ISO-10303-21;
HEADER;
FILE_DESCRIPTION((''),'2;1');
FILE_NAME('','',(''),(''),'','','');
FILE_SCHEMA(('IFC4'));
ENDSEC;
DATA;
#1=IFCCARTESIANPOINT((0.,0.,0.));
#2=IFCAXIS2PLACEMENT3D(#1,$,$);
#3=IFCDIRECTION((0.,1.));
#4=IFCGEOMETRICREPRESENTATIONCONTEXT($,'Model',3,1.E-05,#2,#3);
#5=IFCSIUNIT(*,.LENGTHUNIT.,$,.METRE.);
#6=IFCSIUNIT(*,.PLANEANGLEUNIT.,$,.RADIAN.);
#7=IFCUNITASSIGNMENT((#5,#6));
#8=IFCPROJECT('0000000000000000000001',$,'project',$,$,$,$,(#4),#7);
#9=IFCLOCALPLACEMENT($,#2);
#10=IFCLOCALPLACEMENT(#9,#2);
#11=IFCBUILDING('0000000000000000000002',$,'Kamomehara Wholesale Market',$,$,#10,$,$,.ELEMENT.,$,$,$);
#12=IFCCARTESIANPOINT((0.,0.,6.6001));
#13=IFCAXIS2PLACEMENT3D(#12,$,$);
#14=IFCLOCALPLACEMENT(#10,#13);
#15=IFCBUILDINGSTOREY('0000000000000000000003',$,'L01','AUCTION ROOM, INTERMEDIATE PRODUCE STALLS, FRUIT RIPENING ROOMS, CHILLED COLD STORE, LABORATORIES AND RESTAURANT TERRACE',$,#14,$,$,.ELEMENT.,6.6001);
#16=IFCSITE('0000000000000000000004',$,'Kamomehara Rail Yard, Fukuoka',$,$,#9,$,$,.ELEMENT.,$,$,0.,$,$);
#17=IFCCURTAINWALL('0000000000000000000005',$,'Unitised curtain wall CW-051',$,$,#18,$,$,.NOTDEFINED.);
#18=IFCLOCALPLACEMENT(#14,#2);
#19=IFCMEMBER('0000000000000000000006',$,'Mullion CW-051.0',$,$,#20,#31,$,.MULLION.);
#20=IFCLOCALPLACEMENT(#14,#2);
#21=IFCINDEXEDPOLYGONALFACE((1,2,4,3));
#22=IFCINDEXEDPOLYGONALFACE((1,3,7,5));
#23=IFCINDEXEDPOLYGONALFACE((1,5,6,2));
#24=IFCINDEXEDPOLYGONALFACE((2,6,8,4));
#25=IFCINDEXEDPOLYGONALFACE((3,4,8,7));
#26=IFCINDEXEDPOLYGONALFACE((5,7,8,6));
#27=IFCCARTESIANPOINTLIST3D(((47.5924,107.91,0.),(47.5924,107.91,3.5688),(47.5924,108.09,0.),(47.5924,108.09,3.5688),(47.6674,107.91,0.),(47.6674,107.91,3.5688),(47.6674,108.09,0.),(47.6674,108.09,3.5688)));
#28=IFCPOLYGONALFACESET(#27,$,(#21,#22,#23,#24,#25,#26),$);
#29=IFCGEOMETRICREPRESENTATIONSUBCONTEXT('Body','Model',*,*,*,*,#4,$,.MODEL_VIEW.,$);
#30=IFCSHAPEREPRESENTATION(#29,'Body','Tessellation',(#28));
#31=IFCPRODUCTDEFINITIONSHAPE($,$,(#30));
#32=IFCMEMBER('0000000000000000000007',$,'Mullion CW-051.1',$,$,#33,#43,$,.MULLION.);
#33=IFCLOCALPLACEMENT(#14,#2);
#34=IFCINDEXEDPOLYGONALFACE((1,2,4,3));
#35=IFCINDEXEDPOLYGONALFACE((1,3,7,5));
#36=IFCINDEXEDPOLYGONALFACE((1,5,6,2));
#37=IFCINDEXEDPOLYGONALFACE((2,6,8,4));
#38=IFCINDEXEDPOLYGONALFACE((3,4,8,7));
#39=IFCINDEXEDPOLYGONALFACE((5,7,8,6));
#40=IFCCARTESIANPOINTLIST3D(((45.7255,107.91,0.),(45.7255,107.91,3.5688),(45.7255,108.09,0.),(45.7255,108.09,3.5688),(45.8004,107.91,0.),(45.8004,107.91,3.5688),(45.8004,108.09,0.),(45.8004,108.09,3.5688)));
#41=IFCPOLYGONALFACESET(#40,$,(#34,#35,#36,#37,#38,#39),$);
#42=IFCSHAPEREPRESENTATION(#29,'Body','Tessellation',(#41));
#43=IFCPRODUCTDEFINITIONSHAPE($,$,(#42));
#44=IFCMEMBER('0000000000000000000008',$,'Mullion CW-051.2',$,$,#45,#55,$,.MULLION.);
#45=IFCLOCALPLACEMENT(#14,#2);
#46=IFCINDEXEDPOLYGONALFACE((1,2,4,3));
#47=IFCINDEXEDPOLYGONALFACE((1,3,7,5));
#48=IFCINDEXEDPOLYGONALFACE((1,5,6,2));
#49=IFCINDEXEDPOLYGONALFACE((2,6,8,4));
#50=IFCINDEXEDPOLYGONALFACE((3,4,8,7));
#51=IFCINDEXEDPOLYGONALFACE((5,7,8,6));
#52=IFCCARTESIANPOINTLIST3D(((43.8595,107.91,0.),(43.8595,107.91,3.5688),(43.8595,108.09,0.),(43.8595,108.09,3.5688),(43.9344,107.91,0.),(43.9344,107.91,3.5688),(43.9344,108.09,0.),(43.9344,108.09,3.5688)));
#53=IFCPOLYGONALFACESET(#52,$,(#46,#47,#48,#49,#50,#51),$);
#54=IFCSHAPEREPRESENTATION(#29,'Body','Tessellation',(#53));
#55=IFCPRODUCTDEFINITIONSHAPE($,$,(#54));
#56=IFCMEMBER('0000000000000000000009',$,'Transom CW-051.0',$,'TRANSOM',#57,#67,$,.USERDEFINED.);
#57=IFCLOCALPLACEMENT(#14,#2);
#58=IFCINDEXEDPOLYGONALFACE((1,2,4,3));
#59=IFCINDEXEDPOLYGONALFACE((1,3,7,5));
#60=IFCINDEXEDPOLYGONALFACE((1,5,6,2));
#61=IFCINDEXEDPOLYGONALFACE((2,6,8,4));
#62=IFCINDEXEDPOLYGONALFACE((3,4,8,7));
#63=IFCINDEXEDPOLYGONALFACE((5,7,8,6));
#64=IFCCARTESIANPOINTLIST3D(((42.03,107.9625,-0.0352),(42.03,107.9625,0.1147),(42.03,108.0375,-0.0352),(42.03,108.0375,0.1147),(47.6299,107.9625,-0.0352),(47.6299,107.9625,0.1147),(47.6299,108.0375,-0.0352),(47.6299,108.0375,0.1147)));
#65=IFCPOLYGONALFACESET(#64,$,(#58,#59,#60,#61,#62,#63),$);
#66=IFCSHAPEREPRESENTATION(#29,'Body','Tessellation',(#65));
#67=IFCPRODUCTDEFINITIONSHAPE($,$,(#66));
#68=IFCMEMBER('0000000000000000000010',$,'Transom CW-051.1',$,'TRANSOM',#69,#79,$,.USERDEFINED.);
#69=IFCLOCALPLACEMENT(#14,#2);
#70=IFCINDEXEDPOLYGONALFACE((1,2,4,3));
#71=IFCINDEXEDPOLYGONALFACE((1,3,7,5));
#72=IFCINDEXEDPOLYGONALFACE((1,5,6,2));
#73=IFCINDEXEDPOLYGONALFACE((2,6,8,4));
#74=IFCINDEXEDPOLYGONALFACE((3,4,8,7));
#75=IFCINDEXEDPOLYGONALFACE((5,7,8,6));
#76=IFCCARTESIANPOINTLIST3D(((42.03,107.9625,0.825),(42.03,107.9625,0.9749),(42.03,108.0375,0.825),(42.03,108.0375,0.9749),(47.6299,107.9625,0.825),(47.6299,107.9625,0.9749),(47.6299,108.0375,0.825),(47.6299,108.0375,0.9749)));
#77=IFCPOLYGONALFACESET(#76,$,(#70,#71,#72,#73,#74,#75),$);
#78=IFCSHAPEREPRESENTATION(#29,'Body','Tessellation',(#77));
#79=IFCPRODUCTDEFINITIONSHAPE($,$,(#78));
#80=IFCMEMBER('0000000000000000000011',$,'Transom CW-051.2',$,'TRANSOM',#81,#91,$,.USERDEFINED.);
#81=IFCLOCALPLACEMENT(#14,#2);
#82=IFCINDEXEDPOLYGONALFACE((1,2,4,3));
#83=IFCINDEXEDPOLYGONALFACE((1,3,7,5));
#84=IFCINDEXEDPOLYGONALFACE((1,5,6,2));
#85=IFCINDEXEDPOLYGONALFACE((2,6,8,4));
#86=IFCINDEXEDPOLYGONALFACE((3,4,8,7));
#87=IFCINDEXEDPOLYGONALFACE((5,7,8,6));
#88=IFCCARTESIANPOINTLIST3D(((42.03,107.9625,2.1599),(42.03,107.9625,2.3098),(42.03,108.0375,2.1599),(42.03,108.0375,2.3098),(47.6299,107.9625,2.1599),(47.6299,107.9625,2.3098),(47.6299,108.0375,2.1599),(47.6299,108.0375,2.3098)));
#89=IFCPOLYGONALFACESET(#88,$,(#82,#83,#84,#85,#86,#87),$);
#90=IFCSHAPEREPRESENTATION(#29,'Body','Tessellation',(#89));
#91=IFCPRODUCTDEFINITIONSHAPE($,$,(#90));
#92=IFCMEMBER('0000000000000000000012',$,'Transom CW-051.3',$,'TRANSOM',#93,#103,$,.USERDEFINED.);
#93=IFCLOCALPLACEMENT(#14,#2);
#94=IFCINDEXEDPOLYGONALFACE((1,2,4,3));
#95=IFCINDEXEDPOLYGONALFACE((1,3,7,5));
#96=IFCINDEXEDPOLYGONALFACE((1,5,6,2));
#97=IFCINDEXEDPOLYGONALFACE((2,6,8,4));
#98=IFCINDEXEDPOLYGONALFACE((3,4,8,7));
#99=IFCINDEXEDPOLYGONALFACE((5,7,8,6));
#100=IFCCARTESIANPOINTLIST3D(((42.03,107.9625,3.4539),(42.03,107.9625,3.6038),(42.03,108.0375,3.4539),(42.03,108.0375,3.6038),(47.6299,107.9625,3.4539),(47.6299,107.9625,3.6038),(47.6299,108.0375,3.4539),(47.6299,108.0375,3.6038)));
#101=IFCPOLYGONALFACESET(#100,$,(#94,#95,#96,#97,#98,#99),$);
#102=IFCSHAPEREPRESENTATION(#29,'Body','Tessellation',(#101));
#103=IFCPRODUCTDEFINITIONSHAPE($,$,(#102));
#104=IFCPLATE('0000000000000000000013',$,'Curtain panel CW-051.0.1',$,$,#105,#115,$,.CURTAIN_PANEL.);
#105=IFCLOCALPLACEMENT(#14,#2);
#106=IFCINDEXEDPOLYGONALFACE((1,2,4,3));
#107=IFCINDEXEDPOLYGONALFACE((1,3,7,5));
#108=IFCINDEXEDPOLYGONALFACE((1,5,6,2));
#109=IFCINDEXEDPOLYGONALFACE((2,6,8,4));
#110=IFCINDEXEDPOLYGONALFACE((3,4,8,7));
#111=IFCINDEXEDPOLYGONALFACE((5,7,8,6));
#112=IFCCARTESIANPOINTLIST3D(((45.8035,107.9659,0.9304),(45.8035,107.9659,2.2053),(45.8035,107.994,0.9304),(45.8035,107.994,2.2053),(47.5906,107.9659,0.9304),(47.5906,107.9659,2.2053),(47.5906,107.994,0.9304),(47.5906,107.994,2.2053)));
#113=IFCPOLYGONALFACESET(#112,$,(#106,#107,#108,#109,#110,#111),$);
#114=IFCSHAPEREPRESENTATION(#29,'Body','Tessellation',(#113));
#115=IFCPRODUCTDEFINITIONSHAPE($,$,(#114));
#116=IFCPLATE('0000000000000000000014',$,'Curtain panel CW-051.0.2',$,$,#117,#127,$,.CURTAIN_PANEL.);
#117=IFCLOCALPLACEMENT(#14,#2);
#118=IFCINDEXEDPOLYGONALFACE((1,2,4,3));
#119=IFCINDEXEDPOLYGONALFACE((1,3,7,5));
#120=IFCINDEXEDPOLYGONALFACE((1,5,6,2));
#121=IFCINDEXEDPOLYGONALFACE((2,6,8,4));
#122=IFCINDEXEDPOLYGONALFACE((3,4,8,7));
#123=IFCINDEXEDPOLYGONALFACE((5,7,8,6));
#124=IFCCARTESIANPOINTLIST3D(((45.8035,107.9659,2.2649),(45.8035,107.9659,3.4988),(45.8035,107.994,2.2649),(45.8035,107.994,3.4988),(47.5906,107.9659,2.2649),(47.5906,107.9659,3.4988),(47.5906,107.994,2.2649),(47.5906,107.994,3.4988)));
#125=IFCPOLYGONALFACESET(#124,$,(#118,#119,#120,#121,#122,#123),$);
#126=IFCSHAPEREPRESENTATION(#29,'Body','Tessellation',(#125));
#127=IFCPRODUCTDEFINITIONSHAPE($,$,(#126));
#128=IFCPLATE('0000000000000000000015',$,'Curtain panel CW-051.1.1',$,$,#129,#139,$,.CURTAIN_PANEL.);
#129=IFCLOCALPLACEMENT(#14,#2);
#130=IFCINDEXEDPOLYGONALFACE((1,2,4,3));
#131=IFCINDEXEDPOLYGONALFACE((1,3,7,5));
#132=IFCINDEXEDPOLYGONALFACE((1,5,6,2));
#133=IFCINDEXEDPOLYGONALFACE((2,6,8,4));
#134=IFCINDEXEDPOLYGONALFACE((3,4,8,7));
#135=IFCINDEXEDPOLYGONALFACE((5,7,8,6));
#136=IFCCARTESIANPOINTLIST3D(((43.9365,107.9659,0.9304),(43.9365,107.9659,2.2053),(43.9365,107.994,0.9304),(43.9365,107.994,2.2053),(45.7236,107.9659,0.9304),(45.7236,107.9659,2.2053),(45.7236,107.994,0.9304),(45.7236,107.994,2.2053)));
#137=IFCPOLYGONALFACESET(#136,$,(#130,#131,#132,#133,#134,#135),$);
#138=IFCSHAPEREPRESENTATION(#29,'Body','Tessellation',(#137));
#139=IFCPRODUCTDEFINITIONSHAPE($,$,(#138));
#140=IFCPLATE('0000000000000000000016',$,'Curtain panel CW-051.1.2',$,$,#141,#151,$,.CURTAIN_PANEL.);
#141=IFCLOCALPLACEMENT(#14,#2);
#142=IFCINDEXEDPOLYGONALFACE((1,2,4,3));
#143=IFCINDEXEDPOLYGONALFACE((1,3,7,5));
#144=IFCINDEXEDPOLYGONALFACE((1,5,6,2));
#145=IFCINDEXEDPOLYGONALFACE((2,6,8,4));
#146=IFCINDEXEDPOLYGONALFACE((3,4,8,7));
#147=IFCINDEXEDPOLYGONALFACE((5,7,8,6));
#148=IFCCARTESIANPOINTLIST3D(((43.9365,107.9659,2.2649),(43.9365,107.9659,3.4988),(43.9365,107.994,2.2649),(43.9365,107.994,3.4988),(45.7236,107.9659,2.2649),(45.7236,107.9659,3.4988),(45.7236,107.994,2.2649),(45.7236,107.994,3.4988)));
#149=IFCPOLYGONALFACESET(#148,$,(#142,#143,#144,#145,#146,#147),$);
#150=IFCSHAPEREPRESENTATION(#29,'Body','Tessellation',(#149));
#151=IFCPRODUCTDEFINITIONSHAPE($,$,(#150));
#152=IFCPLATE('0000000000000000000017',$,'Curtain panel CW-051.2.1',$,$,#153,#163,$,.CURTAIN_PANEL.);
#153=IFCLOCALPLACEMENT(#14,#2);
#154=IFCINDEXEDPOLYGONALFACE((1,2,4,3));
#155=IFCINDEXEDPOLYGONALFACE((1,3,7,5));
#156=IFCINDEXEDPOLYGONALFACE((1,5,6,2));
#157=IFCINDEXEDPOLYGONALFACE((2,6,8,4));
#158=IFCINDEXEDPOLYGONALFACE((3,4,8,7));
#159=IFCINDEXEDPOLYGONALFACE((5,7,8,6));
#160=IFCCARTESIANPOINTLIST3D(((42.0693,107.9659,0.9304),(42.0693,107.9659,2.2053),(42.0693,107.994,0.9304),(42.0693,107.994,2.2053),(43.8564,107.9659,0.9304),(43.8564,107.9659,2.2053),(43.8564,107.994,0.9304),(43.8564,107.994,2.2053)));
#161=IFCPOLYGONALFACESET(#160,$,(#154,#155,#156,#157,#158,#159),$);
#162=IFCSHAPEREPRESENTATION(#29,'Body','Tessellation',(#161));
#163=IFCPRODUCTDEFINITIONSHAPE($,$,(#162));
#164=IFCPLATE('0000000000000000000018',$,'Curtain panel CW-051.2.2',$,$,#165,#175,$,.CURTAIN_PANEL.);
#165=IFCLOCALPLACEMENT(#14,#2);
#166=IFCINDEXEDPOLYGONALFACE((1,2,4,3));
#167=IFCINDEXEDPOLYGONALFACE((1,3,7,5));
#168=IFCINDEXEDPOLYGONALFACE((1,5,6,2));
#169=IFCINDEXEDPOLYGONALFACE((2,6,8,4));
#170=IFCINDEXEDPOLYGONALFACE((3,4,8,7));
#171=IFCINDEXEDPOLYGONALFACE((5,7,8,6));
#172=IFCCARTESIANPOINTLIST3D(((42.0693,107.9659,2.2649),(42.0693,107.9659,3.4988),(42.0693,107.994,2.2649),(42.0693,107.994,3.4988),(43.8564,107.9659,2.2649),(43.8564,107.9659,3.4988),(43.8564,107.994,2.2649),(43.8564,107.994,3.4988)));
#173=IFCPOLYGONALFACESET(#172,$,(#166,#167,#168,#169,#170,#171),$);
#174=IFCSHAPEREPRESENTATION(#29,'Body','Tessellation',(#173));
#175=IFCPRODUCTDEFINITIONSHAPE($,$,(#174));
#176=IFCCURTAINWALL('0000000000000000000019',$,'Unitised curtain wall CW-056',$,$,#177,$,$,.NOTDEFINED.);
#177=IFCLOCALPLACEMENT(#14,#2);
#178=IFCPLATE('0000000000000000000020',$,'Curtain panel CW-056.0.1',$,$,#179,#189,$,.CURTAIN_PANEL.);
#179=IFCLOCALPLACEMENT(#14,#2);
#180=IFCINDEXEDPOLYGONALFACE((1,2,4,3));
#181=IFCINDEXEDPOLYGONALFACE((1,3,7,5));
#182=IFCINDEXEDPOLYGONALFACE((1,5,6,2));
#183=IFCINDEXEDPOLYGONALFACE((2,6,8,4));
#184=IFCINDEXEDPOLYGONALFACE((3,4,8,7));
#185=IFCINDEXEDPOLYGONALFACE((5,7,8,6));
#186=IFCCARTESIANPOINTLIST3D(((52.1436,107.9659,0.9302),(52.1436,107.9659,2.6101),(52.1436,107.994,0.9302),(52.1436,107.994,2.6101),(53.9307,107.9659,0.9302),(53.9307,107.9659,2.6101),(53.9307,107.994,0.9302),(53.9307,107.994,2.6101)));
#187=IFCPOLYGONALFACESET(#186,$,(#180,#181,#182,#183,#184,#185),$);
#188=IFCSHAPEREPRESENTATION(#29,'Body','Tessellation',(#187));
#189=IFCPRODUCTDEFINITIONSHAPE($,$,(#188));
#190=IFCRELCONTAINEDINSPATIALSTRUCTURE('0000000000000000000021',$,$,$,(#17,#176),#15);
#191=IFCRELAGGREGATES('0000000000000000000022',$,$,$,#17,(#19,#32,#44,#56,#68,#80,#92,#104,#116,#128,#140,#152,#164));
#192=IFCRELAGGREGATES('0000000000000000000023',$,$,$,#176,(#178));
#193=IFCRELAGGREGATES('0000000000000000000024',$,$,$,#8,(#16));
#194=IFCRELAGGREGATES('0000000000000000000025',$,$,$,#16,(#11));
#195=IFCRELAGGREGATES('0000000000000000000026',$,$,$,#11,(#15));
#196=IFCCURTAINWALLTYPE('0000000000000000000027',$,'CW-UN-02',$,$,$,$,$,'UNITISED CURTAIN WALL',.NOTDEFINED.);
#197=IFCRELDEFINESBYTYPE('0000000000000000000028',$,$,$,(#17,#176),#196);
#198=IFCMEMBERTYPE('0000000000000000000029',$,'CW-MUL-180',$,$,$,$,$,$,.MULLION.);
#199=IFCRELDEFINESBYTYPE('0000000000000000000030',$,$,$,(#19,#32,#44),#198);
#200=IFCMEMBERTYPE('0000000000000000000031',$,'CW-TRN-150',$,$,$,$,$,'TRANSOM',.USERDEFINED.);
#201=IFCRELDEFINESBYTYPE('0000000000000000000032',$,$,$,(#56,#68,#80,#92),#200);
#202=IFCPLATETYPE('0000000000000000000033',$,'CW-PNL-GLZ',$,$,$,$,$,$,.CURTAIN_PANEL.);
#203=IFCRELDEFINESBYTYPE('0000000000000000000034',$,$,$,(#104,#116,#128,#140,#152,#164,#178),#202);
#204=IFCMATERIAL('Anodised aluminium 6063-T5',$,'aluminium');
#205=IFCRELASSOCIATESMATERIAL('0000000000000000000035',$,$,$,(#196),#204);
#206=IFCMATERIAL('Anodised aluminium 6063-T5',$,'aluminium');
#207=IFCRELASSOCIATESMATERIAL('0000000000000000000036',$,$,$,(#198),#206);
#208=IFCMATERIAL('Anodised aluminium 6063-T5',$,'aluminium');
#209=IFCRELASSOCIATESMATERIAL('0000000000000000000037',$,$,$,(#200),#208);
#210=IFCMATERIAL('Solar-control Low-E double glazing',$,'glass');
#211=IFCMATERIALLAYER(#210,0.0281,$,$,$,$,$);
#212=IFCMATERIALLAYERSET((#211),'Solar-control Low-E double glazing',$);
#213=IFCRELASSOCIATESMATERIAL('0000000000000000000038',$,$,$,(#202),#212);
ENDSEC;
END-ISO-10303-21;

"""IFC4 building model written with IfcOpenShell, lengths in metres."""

from ifc_helpers import new_model, si_unit, direction, frame, origin, origin_2d, place, context, subcontext, project, spatial, rectangle, extrude, material, layer, layer_set, material_profile, profile_set, type_object, element, aggregate, save


model = new_model("IFC4")

# Units and contexts
model_context = context("Model", 3, precision=1e-05, world=origin(), true_north=direction((0.0, 1.0)))
body_context = subcontext(model_context, "Body", "Model", "MODEL_VIEW")
ifc_project = project(units=[si_unit("LENGTHUNIT", "METRE"), si_unit("PLANEANGLEUNIT", "RADIAN")], contexts=[model_context])

# Site, building, storey
site_placement = place(None, origin())
site = spatial("IfcSite", under=ifc_project, at=site_placement, Name="Kamomehara Rail Yard, Fukuoka", CompositionType="ELEMENT", RefElevation=0.0)
building_placement = place(site_placement, origin())
building = spatial("IfcBuilding", under=site, at=building_placement, Name="Kamomehara Wholesale Market", CompositionType="ELEMENT")
storey_placement = place(building_placement, frame((0.0, 0.0, 6.6001)))
storey = spatial("IfcBuildingStorey", under=building, at=storey_placement, Name="L01", Description="AUCTION ROOM, INTERMEDIATE PRODUCE STALLS, FRUIT RIPENING ROOMS, CHILLED COLD STORE, LABORATORIES AND RESTAURANT TERRACE", CompositionType="ELEMENT", Elevation=6.6001)

# Curtain wall, members, plates
ifc_material_1 = material(Name="Anodised aluminium 6063-T5", Category="aluminium")
curtain_wall_type = type_object("IfcCurtainWallType", Name="CW-UN-02", ElementType="UNITISED CURTAIN WALL", PredefinedType="NOTDEFINED", material=ifc_material_1)
curtain_wall_1_placement = place(storey_placement, origin())
curtain_wall_1 = element("IfcCurtainWall", 1, at=curtain_wall_1_placement, inside=storey, type_object=curtain_wall_type, Name="Unitised curtain wall CW-051", PredefinedType="NOTDEFINED")
ifc_material_2 = material(Name="Anodised aluminium 6063-T5", Category="aluminium")
ifc_material_profile_1 = material_profile(ifc_material_2, rectangle(XDim=0.075, YDim=0.1799, at=origin_2d()), Name="ALU-MUL-75x180")
ifc_profile_set_1 = profile_set([ifc_material_profile_1], Name="Anodised aluminium 6063-T5")
member_type_1 = type_object("IfcMemberType", Name="CW-MUL-180", PredefinedType="MULLION", material=ifc_profile_set_1)
member_1_placement = place(storey_placement, frame((47.6299, 108.0, 0.0), z_axis=(0.0, 0.0, 1.0), x_axis=(-1.0, 0.0, 0.0)))
member_1 = element("IfcMember", 2, at=member_1_placement, type_object=member_type_1, Name="Mullion CW-051.0", PredefinedType="MULLION", context=body_context, shape_type="SweptSolid", body=[
    extrude(rectangle(XDim=0.075, YDim=0.1799, at=origin_2d()), origin(), (0.0, 0.0, 1.0), 3.5688),
])
member_2_placement = place(storey_placement, frame((45.7629, 108.0, 0.0), z_axis=(0.0, 0.0, 1.0), x_axis=(-1.0, 0.0, 0.0)))
member_2 = element("IfcMember", 3, at=member_2_placement, type_object=member_type_1, Name="Mullion CW-051.1", PredefinedType="MULLION", context=body_context, shape_type="SweptSolid", body=[
    extrude(rectangle(XDim=0.075, YDim=0.1799, at=origin_2d()), origin(), (0.0, 0.0, 1.0), 3.5688),
])
member_3_placement = place(storey_placement, frame((43.897, 108.0, 0.0), z_axis=(0.0, 0.0, 1.0), x_axis=(-1.0, 0.0, 0.0)))
member_3 = element("IfcMember", 4, at=member_3_placement, type_object=member_type_1, Name="Mullion CW-051.2", PredefinedType="MULLION", context=body_context, shape_type="SweptSolid", body=[
    extrude(rectangle(XDim=0.075, YDim=0.1799, at=origin_2d()), origin(), (0.0, 0.0, 1.0), 3.5688),
])
ifc_material_3 = material(Name="Anodised aluminium 6063-T5", Category="aluminium")
ifc_material_profile_2 = material_profile(ifc_material_3, rectangle(XDim=0.075, YDim=0.1499, at=origin_2d()), Name="ALU-TRN-75x150")
ifc_profile_set_2 = profile_set([ifc_material_profile_2], Name="Anodised aluminium 6063-T5")
member_type_2 = type_object("IfcMemberType", Name="CW-TRN-150", ElementType="TRANSOM", PredefinedType="USERDEFINED", material=ifc_profile_set_2)
member_4_placement = place(storey_placement, frame((47.6299, 108.0, 0.0398), z_axis=(-1.0, 0.0, 0.0), x_axis=(0.0, -1.0, 0.0)))
member_4 = element("IfcMember", 5, at=member_4_placement, type_object=member_type_2, Name="Transom CW-051.0", ObjectType="TRANSOM", PredefinedType="USERDEFINED", context=body_context, shape_type="SweptSolid", body=[
    extrude(rectangle(XDim=0.075, YDim=0.1499, at=origin_2d()), origin(), (0.0, 0.0, 1.0), 5.5999),
])
member_5_placement = place(storey_placement, frame((47.6299, 108.0, 0.8999), z_axis=(-1.0, 0.0, 0.0), x_axis=(0.0, -1.0, 0.0)))
member_5 = element("IfcMember", 6, at=member_5_placement, type_object=member_type_2, Name="Transom CW-051.1", ObjectType="TRANSOM", PredefinedType="USERDEFINED", context=body_context, shape_type="SweptSolid", body=[
    extrude(rectangle(XDim=0.075, YDim=0.1499, at=origin_2d()), origin(), (0.0, 0.0, 1.0), 5.5999),
])
member_6_placement = place(storey_placement, frame((47.6299, 108.0, 2.2349), z_axis=(-1.0, 0.0, 0.0), x_axis=(0.0, -1.0, 0.0)))
member_6 = element("IfcMember", 7, at=member_6_placement, type_object=member_type_2, Name="Transom CW-051.2", ObjectType="TRANSOM", PredefinedType="USERDEFINED", context=body_context, shape_type="SweptSolid", body=[
    extrude(rectangle(XDim=0.075, YDim=0.1499, at=origin_2d()), origin(), (0.0, 0.0, 1.0), 5.5999),
])
member_7_placement = place(storey_placement, frame((47.6299, 108.0, 3.5288), z_axis=(-1.0, 0.0, 0.0), x_axis=(0.0, -1.0, 0.0)))
member_7 = element("IfcMember", 8, at=member_7_placement, type_object=member_type_2, Name="Transom CW-051.3", ObjectType="TRANSOM", PredefinedType="USERDEFINED", context=body_context, shape_type="SweptSolid", body=[
    extrude(rectangle(XDim=0.075, YDim=0.1499, at=origin_2d()), origin(), (0.0, 0.0, 1.0), 5.5999),
])
ifc_material_4 = material(Name="Solar-control Low-E double glazing", Category="glass")
ifc_layer_1 = layer(ifc_material_4, 0.0281)
ifc_layer_set_1 = layer_set([ifc_layer_1], Name="Solar-control Low-E double glazing")
plate_type_1 = type_object("IfcPlateType", Name="CW-PNL-GLZ", PredefinedType="CURTAIN_PANEL", material=ifc_layer_set_1)
plate_1_placement = place(storey_placement, frame((46.697, 107.98, 0.9304), z_axis=(0.0, 0.0, 1.0), x_axis=(-1.0, 0.0, 0.0)))
plate_1 = element("IfcPlate", 9, at=plate_1_placement, type_object=plate_type_1, Name="Curtain panel CW-051.0.1", PredefinedType="CURTAIN_PANEL", context=body_context, shape_type="SweptSolid", body=[
    extrude(rectangle(XDim=1.7871, YDim=0.0281, at=origin_2d()), origin(), (0.0, 0.0, 1.0), 1.2749),
])
plate_2_placement = place(storey_placement, frame((46.697, 107.98, 2.2649), z_axis=(0.0, 0.0, 1.0), x_axis=(-1.0, 0.0, 0.0)))
plate_2 = element("IfcPlate", 10, at=plate_2_placement, type_object=plate_type_1, Name="Curtain panel CW-051.0.2", PredefinedType="CURTAIN_PANEL", context=body_context, shape_type="SweptSolid", body=[
    extrude(rectangle(XDim=1.7871, YDim=0.0281, at=origin_2d()), origin(), (0.0, 0.0, 1.0), 1.2339),
])
plate_3_placement = place(storey_placement, frame((44.8301, 107.98, 0.9304), z_axis=(0.0, 0.0, 1.0), x_axis=(-1.0, 0.0, 0.0)))
plate_3 = element("IfcPlate", 11, at=plate_3_placement, type_object=plate_type_1, Name="Curtain panel CW-051.1.1", PredefinedType="CURTAIN_PANEL", context=body_context, shape_type="SweptSolid", body=[
    extrude(rectangle(XDim=1.7871, YDim=0.0281, at=origin_2d()), origin(), (0.0, 0.0, 1.0), 1.2749),
])
plate_4_placement = place(storey_placement, frame((44.8301, 107.98, 2.2649), z_axis=(0.0, 0.0, 1.0), x_axis=(-1.0, 0.0, 0.0)))
plate_4 = element("IfcPlate", 12, at=plate_4_placement, type_object=plate_type_1, Name="Curtain panel CW-051.1.2", PredefinedType="CURTAIN_PANEL", context=body_context, shape_type="SweptSolid", body=[
    extrude(rectangle(XDim=1.7871, YDim=0.0281, at=origin_2d()), origin(), (0.0, 0.0, 1.0), 1.2339),
])
plate_5_placement = place(storey_placement, frame((42.9629, 107.98, 0.9304), z_axis=(0.0, 0.0, 1.0), x_axis=(-1.0, 0.0, 0.0)))
plate_5 = element("IfcPlate", 13, at=plate_5_placement, type_object=plate_type_1, Name="Curtain panel CW-051.2.1", PredefinedType="CURTAIN_PANEL", context=body_context, shape_type="SweptSolid", body=[
    extrude(rectangle(XDim=1.7871, YDim=0.0281, at=origin_2d()), origin(), (0.0, 0.0, 1.0), 1.2749),
])
plate_6_placement = place(storey_placement, frame((42.9629, 107.98, 2.2649), z_axis=(0.0, 0.0, 1.0), x_axis=(-1.0, 0.0, 0.0)))
plate_6 = element("IfcPlate", 14, at=plate_6_placement, type_object=plate_type_1, Name="Curtain panel CW-051.2.2", PredefinedType="CURTAIN_PANEL", context=body_context, shape_type="SweptSolid", body=[
    extrude(rectangle(XDim=1.7871, YDim=0.0281, at=origin_2d()), origin(), (0.0, 0.0, 1.0), 1.2339),
])

# Curtain wall, plate
curtain_wall_2_placement = place(storey_placement, origin())
curtain_wall_2 = element("IfcCurtainWall", 15, at=curtain_wall_2_placement, inside=storey, type_object=curtain_wall_type, Name="Unitised curtain wall CW-056", PredefinedType="NOTDEFINED")
plate_7_placement = place(storey_placement, frame((53.0371, 107.98, 0.9302), z_axis=(0.0, 0.0, 1.0), x_axis=(-1.0, 0.0, 0.0)))
plate_7 = element("IfcPlate", 16, at=plate_7_placement, type_object=plate_type_1, Name="Curtain panel CW-056.0.1", PredefinedType="CURTAIN_PANEL", context=body_context, shape_type="SweptSolid", body=[
    extrude(rectangle(XDim=1.7871, YDim=0.0281, at=origin_2d()), origin(), (0.0, 0.0, 1.0), 1.6799),
])

aggregate(curtain_wall_1, [member_1, member_2, member_3, member_4, member_5, member_6, member_7, plate_1, plate_2, plate_3, plate_4, plate_5, plate_6])
aggregate(curtain_wall_2, [plate_7])

save(model, "model.ifc")
